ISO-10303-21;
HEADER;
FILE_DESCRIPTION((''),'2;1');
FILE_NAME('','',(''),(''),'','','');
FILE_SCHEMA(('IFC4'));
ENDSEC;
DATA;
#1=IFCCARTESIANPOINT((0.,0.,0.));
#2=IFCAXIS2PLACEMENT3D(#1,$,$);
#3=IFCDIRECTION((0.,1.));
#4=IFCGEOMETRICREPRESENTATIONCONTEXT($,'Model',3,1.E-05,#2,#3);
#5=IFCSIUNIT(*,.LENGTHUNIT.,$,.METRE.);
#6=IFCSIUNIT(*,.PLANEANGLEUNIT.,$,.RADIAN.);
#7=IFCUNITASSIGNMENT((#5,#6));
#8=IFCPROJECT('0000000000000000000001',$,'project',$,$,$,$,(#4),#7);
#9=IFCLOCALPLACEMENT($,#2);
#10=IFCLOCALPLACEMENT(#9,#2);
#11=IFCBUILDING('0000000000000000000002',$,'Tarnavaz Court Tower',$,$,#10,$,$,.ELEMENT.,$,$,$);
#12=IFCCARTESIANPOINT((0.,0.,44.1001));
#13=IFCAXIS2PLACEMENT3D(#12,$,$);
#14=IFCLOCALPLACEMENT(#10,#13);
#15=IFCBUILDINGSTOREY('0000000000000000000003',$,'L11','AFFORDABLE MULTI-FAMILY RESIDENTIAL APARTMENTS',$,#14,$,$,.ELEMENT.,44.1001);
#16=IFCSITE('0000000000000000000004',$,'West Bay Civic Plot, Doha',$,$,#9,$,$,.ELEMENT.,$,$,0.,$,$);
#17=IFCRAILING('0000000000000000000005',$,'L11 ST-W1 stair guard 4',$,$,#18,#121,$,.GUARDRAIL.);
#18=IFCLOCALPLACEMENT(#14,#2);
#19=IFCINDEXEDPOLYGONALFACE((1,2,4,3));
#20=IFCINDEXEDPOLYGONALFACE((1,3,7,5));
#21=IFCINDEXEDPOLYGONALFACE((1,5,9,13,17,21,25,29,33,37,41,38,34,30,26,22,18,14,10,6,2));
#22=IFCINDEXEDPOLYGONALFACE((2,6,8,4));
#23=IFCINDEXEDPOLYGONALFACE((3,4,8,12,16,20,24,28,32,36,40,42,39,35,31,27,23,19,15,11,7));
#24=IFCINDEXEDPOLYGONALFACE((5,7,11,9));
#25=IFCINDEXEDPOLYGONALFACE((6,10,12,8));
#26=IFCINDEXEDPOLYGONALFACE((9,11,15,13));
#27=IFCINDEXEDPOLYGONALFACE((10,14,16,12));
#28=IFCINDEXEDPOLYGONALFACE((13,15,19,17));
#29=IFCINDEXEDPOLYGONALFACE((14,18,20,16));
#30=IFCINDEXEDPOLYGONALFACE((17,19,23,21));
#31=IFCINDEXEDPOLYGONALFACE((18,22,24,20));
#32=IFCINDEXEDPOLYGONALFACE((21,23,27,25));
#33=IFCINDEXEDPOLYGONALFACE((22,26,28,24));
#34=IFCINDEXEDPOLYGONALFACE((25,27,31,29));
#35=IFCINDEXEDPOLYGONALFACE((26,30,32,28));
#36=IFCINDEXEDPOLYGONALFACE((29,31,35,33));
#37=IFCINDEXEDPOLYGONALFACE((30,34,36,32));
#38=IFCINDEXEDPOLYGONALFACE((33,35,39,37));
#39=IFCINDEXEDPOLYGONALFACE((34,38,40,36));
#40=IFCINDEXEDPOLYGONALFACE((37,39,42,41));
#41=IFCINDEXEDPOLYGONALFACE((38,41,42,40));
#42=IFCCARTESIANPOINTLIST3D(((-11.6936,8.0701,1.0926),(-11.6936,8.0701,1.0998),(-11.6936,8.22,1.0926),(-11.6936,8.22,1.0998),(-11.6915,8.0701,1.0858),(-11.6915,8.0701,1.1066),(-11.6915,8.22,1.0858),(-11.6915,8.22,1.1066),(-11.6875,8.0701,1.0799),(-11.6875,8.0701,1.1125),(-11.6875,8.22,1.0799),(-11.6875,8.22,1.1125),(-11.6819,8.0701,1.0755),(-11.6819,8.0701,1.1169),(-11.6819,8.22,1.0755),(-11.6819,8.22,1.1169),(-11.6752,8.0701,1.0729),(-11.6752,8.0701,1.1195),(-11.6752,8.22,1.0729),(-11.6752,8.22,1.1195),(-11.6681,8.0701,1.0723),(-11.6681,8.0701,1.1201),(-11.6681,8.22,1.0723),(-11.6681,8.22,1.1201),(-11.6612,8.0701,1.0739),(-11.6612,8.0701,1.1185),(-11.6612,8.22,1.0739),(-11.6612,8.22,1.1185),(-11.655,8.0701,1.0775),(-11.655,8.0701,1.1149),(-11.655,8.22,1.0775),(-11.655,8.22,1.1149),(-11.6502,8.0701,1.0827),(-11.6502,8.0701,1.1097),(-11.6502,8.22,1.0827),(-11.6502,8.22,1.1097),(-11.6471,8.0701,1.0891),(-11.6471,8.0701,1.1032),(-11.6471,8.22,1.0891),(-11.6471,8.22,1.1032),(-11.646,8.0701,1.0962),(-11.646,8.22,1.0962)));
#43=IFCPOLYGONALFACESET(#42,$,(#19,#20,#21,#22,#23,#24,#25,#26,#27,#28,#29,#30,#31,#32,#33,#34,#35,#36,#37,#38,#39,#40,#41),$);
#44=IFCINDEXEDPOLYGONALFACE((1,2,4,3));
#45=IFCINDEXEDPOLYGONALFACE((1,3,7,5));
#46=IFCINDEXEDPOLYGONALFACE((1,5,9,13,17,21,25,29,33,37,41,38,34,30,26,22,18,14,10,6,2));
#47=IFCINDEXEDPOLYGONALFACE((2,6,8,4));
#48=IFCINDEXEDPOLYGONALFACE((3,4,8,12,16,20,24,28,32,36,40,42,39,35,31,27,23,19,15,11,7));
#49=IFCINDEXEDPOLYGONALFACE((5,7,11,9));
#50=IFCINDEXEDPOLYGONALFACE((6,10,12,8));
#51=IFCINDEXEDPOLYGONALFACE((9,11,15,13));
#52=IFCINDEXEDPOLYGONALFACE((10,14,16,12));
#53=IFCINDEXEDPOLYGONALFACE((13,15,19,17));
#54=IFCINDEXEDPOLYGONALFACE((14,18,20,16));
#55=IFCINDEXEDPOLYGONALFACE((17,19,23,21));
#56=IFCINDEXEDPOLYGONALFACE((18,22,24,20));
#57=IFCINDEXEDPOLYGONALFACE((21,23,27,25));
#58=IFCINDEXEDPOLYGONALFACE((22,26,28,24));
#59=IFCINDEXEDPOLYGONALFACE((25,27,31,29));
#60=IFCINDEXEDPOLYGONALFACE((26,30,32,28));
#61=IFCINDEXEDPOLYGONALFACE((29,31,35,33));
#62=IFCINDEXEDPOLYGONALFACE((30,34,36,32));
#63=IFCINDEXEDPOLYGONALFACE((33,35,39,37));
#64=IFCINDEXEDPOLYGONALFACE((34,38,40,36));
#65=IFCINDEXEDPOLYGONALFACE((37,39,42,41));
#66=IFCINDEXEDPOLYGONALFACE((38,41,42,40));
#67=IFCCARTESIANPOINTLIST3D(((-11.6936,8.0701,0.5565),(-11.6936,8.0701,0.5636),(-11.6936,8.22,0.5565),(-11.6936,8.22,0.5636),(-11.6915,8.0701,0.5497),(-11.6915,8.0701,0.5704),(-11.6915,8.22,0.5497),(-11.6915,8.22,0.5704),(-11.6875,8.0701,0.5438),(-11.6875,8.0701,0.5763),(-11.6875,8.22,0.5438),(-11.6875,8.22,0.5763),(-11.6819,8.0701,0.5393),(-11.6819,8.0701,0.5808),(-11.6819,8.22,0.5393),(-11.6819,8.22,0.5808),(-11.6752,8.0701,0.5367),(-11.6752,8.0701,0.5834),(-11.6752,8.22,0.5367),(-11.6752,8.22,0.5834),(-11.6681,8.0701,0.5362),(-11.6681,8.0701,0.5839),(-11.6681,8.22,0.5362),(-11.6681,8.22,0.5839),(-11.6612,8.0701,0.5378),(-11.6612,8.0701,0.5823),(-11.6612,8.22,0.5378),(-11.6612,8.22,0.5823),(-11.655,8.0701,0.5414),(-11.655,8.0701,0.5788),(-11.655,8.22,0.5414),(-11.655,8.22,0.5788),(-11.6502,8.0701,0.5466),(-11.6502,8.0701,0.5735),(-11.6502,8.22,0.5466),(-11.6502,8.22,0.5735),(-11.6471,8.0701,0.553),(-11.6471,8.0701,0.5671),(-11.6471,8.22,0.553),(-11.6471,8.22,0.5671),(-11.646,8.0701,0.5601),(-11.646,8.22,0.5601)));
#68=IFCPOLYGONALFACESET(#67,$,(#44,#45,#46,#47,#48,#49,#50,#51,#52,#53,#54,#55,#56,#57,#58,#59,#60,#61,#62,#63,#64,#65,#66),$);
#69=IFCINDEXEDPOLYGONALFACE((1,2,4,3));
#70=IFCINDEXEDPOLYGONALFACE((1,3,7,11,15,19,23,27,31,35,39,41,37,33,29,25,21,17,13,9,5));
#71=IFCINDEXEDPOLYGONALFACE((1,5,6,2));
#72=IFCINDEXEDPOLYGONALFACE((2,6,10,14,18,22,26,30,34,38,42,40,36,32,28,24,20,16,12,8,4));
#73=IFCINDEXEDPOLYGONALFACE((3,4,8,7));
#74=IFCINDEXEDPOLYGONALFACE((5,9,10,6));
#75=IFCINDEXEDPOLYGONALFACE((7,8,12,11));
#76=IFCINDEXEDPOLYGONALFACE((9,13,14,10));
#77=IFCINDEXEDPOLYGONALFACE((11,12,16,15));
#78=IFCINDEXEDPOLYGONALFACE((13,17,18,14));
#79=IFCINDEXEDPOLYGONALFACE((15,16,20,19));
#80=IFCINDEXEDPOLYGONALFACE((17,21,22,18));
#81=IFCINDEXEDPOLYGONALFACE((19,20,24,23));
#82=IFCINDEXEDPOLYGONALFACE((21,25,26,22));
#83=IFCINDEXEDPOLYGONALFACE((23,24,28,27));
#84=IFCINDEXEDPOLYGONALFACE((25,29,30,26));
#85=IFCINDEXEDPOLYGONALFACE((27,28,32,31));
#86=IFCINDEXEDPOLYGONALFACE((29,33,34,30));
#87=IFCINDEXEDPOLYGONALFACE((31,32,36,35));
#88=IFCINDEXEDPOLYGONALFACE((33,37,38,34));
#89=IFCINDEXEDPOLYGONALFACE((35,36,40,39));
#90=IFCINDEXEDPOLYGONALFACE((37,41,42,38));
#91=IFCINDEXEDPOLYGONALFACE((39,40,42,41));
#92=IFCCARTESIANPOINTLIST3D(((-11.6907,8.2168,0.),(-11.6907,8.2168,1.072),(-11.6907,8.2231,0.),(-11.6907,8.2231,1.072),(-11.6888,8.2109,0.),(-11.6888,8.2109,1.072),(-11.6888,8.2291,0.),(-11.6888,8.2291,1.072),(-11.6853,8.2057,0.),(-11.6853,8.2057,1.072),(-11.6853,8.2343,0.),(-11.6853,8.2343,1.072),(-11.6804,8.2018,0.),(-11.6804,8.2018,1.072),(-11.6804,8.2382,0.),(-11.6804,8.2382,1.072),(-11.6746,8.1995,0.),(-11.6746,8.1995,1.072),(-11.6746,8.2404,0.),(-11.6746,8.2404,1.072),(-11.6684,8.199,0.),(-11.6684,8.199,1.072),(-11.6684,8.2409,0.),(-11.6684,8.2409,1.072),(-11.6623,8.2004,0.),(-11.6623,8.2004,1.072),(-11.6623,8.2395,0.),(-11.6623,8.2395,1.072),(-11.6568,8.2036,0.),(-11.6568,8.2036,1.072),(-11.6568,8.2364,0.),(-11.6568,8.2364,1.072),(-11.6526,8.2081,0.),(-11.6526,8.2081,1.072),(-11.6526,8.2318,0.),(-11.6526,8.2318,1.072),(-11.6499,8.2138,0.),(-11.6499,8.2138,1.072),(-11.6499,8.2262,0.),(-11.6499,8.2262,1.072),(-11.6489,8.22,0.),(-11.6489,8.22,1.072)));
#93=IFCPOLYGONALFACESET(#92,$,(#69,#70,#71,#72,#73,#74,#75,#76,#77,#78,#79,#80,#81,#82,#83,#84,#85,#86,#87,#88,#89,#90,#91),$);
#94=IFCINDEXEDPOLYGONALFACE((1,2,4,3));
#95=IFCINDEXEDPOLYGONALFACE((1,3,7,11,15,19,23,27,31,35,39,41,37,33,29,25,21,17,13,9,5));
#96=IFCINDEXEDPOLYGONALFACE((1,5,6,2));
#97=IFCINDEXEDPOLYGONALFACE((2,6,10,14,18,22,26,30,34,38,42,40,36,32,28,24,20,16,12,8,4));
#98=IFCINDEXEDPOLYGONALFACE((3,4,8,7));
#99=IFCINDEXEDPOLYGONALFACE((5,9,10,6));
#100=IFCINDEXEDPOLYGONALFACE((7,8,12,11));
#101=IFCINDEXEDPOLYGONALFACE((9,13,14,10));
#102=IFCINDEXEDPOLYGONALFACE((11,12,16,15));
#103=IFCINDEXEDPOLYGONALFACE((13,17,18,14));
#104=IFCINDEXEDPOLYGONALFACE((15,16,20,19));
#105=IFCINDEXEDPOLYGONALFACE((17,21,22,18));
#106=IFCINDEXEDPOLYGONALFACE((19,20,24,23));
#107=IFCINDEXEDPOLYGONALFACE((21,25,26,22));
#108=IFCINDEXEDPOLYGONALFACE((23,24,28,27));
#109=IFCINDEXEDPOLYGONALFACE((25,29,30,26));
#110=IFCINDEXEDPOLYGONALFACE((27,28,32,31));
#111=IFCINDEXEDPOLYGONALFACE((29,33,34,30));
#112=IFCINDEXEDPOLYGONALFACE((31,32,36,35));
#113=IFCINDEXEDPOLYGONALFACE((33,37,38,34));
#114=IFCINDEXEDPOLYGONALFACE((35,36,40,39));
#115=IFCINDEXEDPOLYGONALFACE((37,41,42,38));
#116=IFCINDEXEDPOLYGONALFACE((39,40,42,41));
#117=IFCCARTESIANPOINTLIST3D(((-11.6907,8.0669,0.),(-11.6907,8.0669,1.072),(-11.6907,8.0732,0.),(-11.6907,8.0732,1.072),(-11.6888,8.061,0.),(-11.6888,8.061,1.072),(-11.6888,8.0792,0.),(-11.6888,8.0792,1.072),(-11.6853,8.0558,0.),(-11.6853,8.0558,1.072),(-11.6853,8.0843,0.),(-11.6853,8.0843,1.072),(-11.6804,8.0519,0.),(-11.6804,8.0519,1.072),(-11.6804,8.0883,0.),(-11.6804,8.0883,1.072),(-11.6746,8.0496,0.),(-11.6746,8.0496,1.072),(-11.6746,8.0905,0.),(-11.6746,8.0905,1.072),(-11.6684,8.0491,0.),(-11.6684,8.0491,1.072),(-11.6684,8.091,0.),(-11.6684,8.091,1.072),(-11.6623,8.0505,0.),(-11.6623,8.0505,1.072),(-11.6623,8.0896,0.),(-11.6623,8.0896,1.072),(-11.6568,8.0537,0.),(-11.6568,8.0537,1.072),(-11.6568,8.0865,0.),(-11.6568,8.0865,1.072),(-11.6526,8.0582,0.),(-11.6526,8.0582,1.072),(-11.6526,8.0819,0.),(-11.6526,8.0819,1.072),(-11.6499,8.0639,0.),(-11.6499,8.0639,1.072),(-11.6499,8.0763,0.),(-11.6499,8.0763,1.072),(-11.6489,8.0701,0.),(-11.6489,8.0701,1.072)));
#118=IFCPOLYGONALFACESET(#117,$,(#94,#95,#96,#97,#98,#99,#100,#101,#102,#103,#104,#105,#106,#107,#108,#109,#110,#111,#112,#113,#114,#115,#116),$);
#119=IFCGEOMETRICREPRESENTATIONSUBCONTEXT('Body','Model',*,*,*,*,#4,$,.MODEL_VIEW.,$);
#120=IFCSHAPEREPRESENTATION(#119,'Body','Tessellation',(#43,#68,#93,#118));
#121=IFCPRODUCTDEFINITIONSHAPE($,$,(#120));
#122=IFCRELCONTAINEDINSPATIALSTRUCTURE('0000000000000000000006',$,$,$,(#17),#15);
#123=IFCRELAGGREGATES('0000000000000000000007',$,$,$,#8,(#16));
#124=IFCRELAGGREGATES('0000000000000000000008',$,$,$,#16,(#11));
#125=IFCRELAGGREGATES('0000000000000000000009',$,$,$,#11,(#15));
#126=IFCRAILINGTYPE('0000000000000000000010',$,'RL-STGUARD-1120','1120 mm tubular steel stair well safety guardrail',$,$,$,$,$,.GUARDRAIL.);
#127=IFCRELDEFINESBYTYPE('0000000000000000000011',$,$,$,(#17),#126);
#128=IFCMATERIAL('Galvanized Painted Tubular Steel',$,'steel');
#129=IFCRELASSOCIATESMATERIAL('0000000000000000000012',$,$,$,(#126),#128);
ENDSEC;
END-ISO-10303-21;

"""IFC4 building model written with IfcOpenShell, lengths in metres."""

from ifc_helpers import new_model, si_unit, direction, frame, origin, origin_2d, place, context, subcontext, project, spatial, circle, extrude, material, type_object, element, save


model = new_model("IFC4")

# Units and contexts
model_context = context("Model", 3, precision=1e-05, world=origin(), true_north=direction((0.0, 1.0)))
body_context = subcontext(model_context, "Body", "Model", "MODEL_VIEW")
ifc_project = project(units=[si_unit("LENGTHUNIT", "METRE"), si_unit("PLANEANGLEUNIT", "RADIAN")], contexts=[model_context])

# Site, building, storey
site_placement = place(None, origin())
site = spatial("IfcSite", under=ifc_project, at=site_placement, Name="West Bay Civic Plot, Doha", CompositionType="ELEMENT", RefElevation=0.0)
building_placement = place(site_placement, origin())
building = spatial("IfcBuilding", under=site, at=building_placement, Name="Tarnavaz Court Tower", CompositionType="ELEMENT")
storey_placement = place(building_placement, frame((0.0, 0.0, 44.1001)))
storey = spatial("IfcBuildingStorey", under=building, at=storey_placement, Name="L11", Description="AFFORDABLE MULTI-FAMILY RESIDENTIAL APARTMENTS", CompositionType="ELEMENT", Elevation=44.1001)

# Railing
ifc_material_1 = material(Name="Galvanized Painted Tubular Steel", Category="steel")
railing_type_1 = type_object("IfcRailingType", Name="RL-STGUARD-1120", Description="1120 mm tubular steel stair well safety guardrail", PredefinedType="GUARDRAIL", material=ifc_material_1)
railing_1_placement = place(storey_placement, frame((-11.6699, 8.22, 0.0)))
element("IfcRailing", 1, at=railing_1_placement, inside=storey, type_object=railing_type_1, Name="L11 ST-W1 stair guard 4", PredefinedType="GUARDRAIL", context=body_context, shape_type="SweptSolid", body=[
    extrude(circle(Radius=0.0239, at=origin_2d()), frame((0.0, 0.0, 1.0962), z_axis=(0.0, -1.0, 0.0), x_axis=(1.0, 0.0, 0.0)), (0.0, 0.0, 1.0), 0.1499),
    extrude(circle(Radius=0.0239, at=origin_2d()), frame((0.0, 0.0, 0.5601), z_axis=(0.0, -1.0, 0.0), x_axis=(1.0, 0.0, 0.0)), (0.0, 0.0, 1.0), 0.1499),
    extrude(circle(Radius=0.021, at=origin_2d()), origin(), (0.0, 0.0, 1.0), 1.072),
    extrude(circle(Radius=0.021, at=origin_2d()), frame((0.0, -0.1499, 0.0)), (0.0, 0.0, 1.0), 1.072),
])

save(model, "model.ifc")
